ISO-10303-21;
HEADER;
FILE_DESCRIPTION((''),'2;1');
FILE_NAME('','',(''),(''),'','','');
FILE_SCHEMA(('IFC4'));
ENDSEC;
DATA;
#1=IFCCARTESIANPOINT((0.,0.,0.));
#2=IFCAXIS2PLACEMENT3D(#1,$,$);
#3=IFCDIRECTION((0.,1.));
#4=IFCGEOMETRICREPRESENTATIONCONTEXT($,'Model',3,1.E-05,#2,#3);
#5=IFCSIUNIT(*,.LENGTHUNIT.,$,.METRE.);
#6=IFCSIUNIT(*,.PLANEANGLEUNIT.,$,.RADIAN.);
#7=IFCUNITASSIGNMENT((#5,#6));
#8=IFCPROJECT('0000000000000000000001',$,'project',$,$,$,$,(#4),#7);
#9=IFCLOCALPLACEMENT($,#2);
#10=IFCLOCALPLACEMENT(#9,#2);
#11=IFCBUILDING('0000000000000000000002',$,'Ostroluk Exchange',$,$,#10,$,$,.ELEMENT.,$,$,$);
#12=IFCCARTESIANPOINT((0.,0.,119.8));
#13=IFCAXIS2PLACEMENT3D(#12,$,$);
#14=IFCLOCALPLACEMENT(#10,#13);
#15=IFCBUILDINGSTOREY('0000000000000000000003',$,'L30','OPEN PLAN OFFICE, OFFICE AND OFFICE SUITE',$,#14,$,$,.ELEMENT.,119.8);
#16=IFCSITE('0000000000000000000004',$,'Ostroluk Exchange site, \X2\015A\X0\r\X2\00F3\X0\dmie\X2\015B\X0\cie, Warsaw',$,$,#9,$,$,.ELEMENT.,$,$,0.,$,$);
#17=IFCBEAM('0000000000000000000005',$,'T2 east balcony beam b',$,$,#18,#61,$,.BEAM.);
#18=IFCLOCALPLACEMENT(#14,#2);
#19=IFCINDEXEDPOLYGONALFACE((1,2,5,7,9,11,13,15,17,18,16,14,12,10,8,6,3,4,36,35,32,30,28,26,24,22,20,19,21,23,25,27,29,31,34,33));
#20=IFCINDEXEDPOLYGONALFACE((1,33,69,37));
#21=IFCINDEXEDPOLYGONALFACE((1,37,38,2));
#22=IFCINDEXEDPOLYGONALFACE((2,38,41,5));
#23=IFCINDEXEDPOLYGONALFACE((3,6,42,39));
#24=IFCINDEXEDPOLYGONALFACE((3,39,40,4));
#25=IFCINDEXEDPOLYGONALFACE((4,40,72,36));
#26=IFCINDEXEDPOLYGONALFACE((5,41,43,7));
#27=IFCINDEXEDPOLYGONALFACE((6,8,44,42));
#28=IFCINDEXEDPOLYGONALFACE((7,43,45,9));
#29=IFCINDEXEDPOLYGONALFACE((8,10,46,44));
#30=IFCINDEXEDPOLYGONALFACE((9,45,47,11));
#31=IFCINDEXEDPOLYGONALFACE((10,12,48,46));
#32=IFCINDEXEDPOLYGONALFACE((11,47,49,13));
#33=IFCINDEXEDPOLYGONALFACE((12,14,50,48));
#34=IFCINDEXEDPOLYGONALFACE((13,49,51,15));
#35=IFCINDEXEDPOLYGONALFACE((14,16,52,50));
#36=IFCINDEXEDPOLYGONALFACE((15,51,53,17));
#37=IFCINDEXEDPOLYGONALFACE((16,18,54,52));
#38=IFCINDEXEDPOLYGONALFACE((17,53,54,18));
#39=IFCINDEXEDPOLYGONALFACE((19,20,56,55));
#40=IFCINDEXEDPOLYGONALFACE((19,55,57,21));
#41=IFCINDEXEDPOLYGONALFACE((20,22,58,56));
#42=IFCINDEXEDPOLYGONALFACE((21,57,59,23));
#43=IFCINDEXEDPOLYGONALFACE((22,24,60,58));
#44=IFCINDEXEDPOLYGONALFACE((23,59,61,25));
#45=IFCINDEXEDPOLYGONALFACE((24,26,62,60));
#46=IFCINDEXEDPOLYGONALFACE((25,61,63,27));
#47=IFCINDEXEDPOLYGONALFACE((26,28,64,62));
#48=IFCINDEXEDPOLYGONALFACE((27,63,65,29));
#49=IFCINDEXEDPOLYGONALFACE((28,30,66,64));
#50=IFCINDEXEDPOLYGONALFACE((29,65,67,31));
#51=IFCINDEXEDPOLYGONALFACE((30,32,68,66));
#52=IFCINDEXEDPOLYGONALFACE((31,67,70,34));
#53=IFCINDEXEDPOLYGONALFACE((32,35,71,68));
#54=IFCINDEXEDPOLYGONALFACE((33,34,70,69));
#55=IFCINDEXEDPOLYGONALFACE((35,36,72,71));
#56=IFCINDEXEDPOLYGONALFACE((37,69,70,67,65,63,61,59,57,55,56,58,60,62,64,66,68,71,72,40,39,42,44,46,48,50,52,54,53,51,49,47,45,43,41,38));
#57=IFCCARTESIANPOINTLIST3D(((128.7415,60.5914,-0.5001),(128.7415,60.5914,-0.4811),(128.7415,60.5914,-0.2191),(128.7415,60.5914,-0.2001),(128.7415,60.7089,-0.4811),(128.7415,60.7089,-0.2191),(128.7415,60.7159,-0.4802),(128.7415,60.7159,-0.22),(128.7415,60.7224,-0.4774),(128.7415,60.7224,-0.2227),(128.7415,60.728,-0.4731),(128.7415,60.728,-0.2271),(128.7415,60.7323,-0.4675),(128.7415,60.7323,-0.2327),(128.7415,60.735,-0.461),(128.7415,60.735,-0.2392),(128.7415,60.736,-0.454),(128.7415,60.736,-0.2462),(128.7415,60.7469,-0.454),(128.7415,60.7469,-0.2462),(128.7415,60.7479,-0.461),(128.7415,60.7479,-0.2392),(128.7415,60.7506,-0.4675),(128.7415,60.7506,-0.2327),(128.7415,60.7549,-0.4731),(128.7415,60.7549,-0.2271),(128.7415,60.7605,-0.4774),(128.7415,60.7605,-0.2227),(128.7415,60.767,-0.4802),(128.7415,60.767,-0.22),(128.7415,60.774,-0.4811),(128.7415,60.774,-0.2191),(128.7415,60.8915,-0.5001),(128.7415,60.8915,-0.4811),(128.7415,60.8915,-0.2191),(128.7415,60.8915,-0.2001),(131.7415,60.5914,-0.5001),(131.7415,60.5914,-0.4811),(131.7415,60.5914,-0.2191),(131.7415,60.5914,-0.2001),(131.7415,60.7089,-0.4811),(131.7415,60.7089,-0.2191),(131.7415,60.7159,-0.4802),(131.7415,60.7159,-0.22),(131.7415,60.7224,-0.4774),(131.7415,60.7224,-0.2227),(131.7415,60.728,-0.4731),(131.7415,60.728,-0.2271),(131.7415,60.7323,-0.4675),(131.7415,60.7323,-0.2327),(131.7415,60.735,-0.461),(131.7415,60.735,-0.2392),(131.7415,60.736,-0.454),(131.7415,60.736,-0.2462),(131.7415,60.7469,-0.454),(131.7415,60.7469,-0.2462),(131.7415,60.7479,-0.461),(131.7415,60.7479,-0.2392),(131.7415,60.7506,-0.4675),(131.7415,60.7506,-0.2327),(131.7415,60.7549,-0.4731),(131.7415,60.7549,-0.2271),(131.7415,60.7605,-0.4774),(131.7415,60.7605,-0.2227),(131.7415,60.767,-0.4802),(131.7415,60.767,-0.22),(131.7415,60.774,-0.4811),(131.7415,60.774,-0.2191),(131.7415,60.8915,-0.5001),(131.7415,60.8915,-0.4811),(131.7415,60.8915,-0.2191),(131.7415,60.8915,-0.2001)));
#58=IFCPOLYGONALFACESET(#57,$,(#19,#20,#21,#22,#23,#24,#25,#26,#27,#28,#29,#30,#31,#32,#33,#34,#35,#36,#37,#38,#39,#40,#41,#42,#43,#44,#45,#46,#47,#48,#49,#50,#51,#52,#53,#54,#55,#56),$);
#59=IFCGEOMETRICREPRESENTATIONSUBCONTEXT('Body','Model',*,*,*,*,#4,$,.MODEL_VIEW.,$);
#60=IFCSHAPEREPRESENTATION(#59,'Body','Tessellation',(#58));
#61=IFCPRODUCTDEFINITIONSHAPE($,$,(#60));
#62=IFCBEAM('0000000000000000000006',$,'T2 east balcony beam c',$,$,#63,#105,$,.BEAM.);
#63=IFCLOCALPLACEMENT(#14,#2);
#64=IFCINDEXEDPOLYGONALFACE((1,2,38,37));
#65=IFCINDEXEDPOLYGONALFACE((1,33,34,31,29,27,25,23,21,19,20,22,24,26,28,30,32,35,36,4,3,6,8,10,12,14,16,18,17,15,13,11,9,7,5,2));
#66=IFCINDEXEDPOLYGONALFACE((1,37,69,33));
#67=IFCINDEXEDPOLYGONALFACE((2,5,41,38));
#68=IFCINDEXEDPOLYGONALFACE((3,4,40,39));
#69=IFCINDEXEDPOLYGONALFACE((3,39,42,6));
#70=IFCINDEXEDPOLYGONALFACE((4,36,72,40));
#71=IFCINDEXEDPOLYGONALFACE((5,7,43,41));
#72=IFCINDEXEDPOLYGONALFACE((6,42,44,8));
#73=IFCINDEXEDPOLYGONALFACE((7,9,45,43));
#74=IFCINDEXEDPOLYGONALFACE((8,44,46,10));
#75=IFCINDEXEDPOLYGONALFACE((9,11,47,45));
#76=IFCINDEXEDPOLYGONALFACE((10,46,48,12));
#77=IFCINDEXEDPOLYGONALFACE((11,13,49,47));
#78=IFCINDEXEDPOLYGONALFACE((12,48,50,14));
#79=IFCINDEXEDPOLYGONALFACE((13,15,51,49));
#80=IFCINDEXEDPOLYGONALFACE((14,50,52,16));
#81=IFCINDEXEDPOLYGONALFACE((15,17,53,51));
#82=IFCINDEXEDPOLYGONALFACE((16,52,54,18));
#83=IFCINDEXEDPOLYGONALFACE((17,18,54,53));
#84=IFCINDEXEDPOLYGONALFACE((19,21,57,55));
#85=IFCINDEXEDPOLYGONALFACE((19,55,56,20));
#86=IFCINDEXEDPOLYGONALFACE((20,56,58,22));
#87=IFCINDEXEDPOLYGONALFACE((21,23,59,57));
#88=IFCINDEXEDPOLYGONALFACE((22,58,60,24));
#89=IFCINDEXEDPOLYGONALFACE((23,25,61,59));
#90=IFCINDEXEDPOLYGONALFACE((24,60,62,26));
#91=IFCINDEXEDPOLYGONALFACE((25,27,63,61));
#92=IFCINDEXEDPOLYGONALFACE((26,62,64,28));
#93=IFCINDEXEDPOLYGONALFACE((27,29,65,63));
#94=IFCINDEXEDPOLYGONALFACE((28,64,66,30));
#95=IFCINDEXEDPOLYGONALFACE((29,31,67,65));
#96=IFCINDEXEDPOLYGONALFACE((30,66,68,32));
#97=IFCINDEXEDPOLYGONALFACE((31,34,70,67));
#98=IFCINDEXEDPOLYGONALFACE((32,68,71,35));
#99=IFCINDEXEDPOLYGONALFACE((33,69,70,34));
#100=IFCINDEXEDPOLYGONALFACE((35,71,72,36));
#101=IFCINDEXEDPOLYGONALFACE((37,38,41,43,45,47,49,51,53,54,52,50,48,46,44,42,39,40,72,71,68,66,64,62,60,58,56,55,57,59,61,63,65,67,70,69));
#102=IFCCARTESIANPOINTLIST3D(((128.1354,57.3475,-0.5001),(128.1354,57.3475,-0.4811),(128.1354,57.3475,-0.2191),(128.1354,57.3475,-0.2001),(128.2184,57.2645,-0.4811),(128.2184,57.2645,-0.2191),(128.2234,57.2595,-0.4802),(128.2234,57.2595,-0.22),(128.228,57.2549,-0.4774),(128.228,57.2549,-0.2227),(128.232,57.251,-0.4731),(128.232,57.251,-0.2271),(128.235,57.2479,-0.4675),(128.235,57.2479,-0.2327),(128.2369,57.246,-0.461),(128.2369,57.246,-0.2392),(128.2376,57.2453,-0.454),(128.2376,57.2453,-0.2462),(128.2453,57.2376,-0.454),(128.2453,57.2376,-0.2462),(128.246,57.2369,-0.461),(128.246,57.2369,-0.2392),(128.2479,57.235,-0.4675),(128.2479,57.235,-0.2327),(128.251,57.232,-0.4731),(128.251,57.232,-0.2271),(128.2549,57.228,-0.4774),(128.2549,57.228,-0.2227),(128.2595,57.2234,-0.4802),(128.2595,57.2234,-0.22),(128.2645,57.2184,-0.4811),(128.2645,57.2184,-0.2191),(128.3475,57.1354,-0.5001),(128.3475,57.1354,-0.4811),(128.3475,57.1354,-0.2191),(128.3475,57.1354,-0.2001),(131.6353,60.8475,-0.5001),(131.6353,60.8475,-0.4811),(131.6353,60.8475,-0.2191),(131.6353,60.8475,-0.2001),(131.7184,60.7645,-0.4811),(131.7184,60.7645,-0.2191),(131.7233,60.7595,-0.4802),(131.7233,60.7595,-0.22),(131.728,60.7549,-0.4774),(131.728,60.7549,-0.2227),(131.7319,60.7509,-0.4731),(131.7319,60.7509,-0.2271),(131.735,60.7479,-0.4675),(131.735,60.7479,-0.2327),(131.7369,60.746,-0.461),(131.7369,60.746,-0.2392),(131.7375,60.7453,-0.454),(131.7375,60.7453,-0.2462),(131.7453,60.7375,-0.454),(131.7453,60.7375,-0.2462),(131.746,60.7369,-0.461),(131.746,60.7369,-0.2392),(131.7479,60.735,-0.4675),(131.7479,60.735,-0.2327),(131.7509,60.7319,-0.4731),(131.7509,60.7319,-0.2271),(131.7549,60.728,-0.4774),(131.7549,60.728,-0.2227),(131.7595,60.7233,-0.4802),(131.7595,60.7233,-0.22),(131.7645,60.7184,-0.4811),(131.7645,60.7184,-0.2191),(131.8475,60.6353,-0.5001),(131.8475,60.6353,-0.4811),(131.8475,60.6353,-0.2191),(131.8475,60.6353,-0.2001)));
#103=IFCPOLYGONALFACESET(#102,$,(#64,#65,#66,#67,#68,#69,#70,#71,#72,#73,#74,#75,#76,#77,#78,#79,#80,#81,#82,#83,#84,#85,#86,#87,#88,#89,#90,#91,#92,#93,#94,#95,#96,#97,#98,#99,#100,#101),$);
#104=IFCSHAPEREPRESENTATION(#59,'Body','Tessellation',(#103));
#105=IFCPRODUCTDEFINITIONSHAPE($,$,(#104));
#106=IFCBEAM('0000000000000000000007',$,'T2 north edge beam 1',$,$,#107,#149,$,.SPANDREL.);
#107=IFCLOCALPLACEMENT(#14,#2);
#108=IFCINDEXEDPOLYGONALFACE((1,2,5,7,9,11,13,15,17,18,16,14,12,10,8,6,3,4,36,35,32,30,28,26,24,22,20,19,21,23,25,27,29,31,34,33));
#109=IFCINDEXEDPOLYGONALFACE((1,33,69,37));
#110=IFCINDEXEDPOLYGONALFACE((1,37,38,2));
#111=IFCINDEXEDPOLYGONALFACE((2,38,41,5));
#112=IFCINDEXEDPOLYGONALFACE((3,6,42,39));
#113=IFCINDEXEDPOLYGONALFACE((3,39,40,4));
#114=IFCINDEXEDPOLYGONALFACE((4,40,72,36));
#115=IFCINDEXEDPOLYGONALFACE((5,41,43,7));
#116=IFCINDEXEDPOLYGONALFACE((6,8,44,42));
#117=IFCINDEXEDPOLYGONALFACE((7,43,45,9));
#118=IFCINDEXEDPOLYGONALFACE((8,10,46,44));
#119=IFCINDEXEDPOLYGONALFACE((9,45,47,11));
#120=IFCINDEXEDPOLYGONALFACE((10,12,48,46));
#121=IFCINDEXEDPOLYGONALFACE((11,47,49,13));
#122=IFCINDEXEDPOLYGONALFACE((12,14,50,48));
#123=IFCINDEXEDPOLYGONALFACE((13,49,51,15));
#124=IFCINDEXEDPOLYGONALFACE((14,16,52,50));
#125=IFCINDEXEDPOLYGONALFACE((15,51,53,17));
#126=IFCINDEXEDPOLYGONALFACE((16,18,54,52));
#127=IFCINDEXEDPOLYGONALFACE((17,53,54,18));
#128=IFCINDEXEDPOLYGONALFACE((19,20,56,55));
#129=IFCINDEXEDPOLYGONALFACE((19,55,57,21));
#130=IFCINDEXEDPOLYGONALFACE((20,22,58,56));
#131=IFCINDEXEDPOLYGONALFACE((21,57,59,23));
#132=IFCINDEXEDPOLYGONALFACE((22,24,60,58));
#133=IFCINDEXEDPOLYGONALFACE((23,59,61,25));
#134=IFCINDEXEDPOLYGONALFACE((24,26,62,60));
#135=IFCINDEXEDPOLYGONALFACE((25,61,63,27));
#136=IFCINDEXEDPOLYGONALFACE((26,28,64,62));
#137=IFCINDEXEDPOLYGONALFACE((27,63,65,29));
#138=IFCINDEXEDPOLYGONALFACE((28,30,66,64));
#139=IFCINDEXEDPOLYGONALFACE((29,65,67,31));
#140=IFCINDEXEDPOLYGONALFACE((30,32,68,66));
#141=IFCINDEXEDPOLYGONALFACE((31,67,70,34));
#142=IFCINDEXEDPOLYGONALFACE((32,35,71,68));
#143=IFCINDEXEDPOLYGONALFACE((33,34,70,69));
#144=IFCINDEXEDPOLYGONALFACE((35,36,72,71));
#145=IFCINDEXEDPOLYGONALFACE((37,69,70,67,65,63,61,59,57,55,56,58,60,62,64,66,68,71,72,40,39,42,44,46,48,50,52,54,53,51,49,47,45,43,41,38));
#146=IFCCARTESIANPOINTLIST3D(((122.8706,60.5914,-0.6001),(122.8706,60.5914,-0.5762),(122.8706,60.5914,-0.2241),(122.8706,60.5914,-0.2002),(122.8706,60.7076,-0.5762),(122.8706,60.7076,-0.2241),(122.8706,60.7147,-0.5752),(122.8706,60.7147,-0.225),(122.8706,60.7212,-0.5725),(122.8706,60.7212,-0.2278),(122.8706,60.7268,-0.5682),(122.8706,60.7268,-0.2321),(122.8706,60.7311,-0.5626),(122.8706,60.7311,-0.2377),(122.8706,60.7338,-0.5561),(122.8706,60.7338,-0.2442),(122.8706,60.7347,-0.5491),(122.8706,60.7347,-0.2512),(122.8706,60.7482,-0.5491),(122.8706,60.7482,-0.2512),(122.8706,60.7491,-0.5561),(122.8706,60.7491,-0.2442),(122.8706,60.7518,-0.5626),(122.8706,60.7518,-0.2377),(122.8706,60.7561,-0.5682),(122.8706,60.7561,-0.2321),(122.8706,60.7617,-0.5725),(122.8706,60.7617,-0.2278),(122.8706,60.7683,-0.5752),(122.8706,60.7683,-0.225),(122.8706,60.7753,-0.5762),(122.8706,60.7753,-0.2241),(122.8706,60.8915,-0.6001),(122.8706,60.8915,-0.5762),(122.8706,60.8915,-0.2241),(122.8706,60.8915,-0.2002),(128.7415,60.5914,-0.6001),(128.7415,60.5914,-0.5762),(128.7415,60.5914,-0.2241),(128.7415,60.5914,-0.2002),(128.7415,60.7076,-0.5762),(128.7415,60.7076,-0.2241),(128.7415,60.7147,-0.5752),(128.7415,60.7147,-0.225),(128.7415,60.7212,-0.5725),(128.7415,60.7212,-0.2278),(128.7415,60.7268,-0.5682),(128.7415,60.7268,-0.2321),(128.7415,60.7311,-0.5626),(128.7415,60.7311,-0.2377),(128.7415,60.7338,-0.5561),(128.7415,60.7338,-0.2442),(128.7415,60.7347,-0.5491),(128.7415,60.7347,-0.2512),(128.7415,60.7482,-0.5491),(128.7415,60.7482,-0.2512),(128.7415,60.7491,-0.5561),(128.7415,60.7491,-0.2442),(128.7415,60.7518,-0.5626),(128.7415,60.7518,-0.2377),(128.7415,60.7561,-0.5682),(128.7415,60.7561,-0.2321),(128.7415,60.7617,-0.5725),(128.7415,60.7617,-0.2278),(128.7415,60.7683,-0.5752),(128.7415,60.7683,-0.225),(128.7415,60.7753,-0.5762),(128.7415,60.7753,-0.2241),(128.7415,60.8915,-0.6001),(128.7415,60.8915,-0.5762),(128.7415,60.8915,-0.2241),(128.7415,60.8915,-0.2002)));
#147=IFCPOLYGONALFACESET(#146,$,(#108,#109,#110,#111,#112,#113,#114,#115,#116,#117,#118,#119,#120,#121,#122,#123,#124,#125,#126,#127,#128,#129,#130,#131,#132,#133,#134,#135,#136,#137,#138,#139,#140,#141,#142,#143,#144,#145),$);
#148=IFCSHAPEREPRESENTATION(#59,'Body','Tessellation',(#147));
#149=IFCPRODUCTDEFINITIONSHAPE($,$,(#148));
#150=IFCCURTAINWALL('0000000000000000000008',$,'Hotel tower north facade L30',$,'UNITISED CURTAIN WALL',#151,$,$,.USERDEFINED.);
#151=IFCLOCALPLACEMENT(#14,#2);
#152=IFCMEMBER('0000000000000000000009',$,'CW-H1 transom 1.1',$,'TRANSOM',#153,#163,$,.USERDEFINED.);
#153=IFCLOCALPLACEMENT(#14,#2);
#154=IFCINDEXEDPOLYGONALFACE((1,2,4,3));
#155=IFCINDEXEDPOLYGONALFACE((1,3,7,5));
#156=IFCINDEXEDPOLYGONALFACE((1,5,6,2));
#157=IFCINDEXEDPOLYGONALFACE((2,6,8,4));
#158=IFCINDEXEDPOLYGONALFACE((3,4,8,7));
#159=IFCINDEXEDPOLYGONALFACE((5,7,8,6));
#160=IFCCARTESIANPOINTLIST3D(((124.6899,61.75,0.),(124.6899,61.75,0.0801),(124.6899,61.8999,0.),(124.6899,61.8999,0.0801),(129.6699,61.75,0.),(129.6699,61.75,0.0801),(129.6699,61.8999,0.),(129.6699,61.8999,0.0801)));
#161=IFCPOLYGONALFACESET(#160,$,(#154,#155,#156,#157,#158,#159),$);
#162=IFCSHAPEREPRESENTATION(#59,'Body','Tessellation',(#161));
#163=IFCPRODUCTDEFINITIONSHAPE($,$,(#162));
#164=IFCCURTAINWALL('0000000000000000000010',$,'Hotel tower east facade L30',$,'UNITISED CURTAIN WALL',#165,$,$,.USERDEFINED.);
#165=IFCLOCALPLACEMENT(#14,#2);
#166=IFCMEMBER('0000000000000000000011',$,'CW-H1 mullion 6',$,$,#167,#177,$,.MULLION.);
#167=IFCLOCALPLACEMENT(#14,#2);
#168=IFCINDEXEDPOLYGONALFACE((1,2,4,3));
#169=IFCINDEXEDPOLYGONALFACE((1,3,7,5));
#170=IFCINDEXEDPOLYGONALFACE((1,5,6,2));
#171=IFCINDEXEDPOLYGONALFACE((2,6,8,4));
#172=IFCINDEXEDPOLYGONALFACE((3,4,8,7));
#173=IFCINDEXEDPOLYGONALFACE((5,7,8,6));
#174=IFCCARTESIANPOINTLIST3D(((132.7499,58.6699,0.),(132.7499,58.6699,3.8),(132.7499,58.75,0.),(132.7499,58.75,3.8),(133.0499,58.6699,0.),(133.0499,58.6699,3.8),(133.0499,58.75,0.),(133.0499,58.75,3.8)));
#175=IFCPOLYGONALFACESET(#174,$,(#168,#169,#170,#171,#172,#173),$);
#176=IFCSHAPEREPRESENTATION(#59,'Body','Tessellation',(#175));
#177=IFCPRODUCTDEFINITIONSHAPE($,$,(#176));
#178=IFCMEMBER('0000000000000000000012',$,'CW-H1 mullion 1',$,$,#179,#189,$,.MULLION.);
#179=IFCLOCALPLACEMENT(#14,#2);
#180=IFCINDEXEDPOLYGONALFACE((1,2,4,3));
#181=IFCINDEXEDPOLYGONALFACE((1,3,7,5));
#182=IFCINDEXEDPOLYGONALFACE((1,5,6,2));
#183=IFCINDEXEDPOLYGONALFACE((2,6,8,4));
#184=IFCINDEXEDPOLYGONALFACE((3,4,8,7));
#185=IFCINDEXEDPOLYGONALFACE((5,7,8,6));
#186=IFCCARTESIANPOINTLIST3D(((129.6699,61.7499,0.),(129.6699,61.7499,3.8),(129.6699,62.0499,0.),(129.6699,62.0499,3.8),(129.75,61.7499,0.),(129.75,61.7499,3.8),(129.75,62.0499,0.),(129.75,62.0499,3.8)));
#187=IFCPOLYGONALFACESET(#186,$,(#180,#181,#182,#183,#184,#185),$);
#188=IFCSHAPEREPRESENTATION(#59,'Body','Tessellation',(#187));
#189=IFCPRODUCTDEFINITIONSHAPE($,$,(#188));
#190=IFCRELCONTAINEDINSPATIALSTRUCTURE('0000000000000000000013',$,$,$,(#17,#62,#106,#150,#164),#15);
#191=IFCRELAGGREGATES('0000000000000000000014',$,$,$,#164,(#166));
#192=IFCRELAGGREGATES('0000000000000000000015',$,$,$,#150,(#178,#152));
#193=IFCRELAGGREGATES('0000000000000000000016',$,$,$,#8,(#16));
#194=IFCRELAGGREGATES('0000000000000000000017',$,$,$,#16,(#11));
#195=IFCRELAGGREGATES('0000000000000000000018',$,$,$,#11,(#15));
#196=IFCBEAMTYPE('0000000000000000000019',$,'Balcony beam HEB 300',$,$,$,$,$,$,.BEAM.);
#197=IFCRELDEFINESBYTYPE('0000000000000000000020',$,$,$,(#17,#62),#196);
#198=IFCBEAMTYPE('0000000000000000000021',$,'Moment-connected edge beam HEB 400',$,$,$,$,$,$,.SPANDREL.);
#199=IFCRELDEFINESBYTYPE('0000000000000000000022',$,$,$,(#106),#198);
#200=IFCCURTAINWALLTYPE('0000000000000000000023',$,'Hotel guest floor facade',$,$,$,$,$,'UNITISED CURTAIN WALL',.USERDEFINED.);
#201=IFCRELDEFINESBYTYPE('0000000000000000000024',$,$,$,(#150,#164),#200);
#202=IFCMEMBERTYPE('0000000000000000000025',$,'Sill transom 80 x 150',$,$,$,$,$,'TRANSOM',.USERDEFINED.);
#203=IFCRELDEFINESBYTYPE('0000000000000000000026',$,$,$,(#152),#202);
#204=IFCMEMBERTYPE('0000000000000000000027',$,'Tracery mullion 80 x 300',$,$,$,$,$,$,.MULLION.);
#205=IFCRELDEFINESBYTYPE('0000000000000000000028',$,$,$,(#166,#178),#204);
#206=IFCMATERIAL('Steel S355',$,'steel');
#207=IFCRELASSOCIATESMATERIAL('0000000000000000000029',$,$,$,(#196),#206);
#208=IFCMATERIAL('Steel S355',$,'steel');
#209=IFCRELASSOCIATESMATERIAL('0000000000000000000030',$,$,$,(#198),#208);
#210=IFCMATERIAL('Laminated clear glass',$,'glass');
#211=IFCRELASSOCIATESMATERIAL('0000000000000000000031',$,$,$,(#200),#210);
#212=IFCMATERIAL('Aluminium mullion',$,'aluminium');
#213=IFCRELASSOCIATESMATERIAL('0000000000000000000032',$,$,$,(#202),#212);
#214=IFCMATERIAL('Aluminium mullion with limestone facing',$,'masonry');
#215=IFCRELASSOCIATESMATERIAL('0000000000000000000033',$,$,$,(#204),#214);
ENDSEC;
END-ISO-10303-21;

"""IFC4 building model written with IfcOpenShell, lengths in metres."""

from ifc_helpers import new_model, si_unit, direction, frame, origin, origin_2d, place, context, subcontext, project, spatial, rectangle, i_section, extrude, material, material_profile, profile_set, type_object, element, aggregate, save


model = new_model("IFC4")

# Units and contexts
model_context = context("Model", 3, precision=1e-05, world=origin(), true_north=direction((0.0, 1.0)))
body_context = subcontext(model_context, "Body", "Model", "MODEL_VIEW")
ifc_project = project(units=[si_unit("LENGTHUNIT", "METRE"), si_unit("PLANEANGLEUNIT", "RADIAN")], contexts=[model_context])

# Site, building, storey
site_placement = place(None, origin())
site = spatial("IfcSite", under=ifc_project, at=site_placement, Name="Ostroluk Exchange site, Śródmieście, Warsaw", CompositionType="ELEMENT", RefElevation=0.0)
building_placement = place(site_placement, origin())
building = spatial("IfcBuilding", under=site, at=building_placement, Name="Ostroluk Exchange", CompositionType="ELEMENT")
storey_placement = place(building_placement, frame((0.0, 0.0, 119.8)))
storey = spatial("IfcBuildingStorey", under=building, at=storey_placement, Name="L30", Description="OPEN PLAN OFFICE, OFFICE AND OFFICE SUITE", CompositionType="ELEMENT", Elevation=119.8)

# Beams
ifc_material_1 = material(Name="Steel S355", Category="steel")
ifc_material_profile_1 = material_profile(ifc_material_1, i_section(OverallWidth=0.3, OverallDepth=0.3, WebThickness=0.011, FlangeThickness=0.019, FilletRadius=0.0271, at=origin_2d()), Name="HEB 300")
ifc_profile_set_1 = profile_set([ifc_material_profile_1], Name="Steel S355")
beam_type_1 = type_object("IfcBeamType", Name="Balcony beam HEB 300", PredefinedType="BEAM", material=ifc_profile_set_1)
for number, where, z_axis, x_axis, name in (
    (1, (128.7415, 60.7415, -0.3501), (1.0, 0.0, 0.0), (0.0, 1.0, 0.0), "T2 east balcony beam b"),
):
    element("IfcBeam", number, at=place(storey_placement, frame(where, z_axis=z_axis, x_axis=x_axis)), inside=storey, type_object=beam_type_1, Name=name, PredefinedType="BEAM", context=body_context, shape_type="SweptSolid", body=[
        extrude(i_section(OverallWidth=0.3, OverallDepth=0.3, WebThickness=0.011, FlangeThickness=0.019, FilletRadius=0.0271, at=origin_2d()), origin(), (0.0, 0.0, 1.0), 3.0),
    ])
beam_1_placement = place(storey_placement, frame((128.2415, 57.2415, -0.3501), z_axis=(0.707107, 0.707107, 0.0), x_axis=(-0.707107, 0.707107, 0.0)))
element("IfcBeam", 2, at=beam_1_placement, inside=storey, type_object=beam_type_1, Name="T2 east balcony beam c", PredefinedType="BEAM", context=body_context, shape_type="SweptSolid", body=[
    extrude(i_section(OverallWidth=0.3, OverallDepth=0.3, WebThickness=0.011, FlangeThickness=0.019, FilletRadius=0.0271, at=origin_2d()), origin(), (0.0, 0.0, 1.0), 4.9497),
])
ifc_material_2 = material(Name="Steel S355", Category="steel")
ifc_material_profile_2 = material_profile(ifc_material_2, i_section(OverallWidth=0.3, OverallDepth=0.3999, WebThickness=0.0134, FlangeThickness=0.0239, FilletRadius=0.0271, at=origin_2d()), Name="HEB 400")
ifc_profile_set_2 = profile_set([ifc_material_profile_2], Name="Steel S355")
beam_type_2 = type_object("IfcBeamType", Name="Moment-connected edge beam HEB 400", PredefinedType="SPANDREL", material=ifc_profile_set_2)
beam_2_placement = place(storey_placement, frame((128.7415, 60.7415, -0.4001), z_axis=(-1.0, 0.0, 0.0), x_axis=(0.0, -1.0, 0.0)))
element("IfcBeam", 3, at=beam_2_placement, inside=storey, type_object=beam_type_2, Name="T2 north edge beam 1", PredefinedType="SPANDREL", context=body_context, shape_type="SweptSolid", body=[
    extrude(i_section(OverallWidth=0.3, OverallDepth=0.3999, WebThickness=0.0134, FlangeThickness=0.0239, FilletRadius=0.0271, at=origin_2d()), origin(), (0.0, 0.0, 1.0), 5.8708),
])

# Curtain walls, members
ifc_material_3 = material(Name="Laminated clear glass", Category="glass")
curtain_wall_type = type_object("IfcCurtainWallType", Name="Hotel guest floor facade", ElementType="UNITISED CURTAIN WALL", PredefinedType="USERDEFINED", material=ifc_material_3)
curtain_wall_1_placement = place(storey_placement, origin())
curtain_wall_1 = element("IfcCurtainWall", 4, at=curtain_wall_1_placement, inside=storey, type_object=curtain_wall_type, Name="Hotel tower north facade L30", ObjectType="UNITISED CURTAIN WALL", PredefinedType="USERDEFINED")
ifc_material_4 = material(Name="Aluminium mullion", Category="aluminium")
ifc_material_profile_3 = material_profile(ifc_material_4, rectangle(XDim=0.1499, YDim=0.0801, at=origin_2d()), Name="Sill transom 80 x 150")
ifc_profile_set_3 = profile_set([ifc_material_profile_3], Name="Aluminium mullion")
member_type_1 = type_object("IfcMemberType", Name="Sill transom 80 x 150", ElementType="TRANSOM", PredefinedType="USERDEFINED", material=ifc_profile_set_3)
member_1_placement = place(storey_placement, frame((129.6699, 61.825, 0.04), z_axis=(-1.0, 0.0, 0.0), x_axis=(0.0, -1.0, 0.0)))
member_1 = element("IfcMember", 5, at=member_1_placement, type_object=member_type_1, Name="CW-H1 transom 1.1", ObjectType="TRANSOM", PredefinedType="USERDEFINED", context=body_context, shape_type="SweptSolid", body=[
    extrude(rectangle(XDim=0.1499, YDim=0.0801, at=origin_2d()), origin(), (0.0, 0.0, 1.0), 4.98),
])
curtain_wall_2_placement = place(storey_placement, origin())
curtain_wall_2 = element("IfcCurtainWall", 6, at=curtain_wall_2_placement, inside=storey, type_object=curtain_wall_type, Name="Hotel tower east facade L30", ObjectType="UNITISED CURTAIN WALL", PredefinedType="USERDEFINED")
ifc_material_5 = material(Name="Aluminium mullion with limestone facing", Category="masonry")
ifc_material_profile_4 = material_profile(ifc_material_5, rectangle(XDim=0.3, YDim=0.0801, at=origin_2d()), Name="Tracery mullion 80 x 300")
ifc_profile_set_4 = profile_set([ifc_material_profile_4], Name="Aluminium mullion with limestone facing")
member_type_2 = type_object("IfcMemberType", Name="Tracery mullion 80 x 300", PredefinedType="MULLION", material=ifc_profile_set_4)
member_2_placement = place(storey_placement, frame((132.8999, 58.71, 0.0), z_axis=(0.0, 0.0, 1.0), x_axis=(-1.0, 0.0, 0.0)))
member_2 = element("IfcMember", 7, at=member_2_placement, type_object=member_type_2, Name="CW-H1 mullion 6", PredefinedType="MULLION", context=body_context, shape_type="SweptSolid", body=[
    extrude(rectangle(XDim=0.3, YDim=0.0801, at=origin_2d()), origin(), (0.0, 0.0, 1.0), 3.8),
])
aggregate(curtain_wall_2, [member_2])

# Member
member_3_placement = place(storey_placement, frame((129.71, 61.8999, 0.0), z_axis=(0.0, 0.0, 1.0), x_axis=(0.0, -1.0, 0.0)))
member_3 = element("IfcMember", 8, at=member_3_placement, type_object=member_type_2, Name="CW-H1 mullion 1", PredefinedType="MULLION", context=body_context, shape_type="SweptSolid", body=[
    extrude(rectangle(XDim=0.3, YDim=0.0801, at=origin_2d()), origin(), (0.0, 0.0, 1.0), 3.8),
])

aggregate(curtain_wall_1, [member_3, member_1])

save(model, "model.ifc")
